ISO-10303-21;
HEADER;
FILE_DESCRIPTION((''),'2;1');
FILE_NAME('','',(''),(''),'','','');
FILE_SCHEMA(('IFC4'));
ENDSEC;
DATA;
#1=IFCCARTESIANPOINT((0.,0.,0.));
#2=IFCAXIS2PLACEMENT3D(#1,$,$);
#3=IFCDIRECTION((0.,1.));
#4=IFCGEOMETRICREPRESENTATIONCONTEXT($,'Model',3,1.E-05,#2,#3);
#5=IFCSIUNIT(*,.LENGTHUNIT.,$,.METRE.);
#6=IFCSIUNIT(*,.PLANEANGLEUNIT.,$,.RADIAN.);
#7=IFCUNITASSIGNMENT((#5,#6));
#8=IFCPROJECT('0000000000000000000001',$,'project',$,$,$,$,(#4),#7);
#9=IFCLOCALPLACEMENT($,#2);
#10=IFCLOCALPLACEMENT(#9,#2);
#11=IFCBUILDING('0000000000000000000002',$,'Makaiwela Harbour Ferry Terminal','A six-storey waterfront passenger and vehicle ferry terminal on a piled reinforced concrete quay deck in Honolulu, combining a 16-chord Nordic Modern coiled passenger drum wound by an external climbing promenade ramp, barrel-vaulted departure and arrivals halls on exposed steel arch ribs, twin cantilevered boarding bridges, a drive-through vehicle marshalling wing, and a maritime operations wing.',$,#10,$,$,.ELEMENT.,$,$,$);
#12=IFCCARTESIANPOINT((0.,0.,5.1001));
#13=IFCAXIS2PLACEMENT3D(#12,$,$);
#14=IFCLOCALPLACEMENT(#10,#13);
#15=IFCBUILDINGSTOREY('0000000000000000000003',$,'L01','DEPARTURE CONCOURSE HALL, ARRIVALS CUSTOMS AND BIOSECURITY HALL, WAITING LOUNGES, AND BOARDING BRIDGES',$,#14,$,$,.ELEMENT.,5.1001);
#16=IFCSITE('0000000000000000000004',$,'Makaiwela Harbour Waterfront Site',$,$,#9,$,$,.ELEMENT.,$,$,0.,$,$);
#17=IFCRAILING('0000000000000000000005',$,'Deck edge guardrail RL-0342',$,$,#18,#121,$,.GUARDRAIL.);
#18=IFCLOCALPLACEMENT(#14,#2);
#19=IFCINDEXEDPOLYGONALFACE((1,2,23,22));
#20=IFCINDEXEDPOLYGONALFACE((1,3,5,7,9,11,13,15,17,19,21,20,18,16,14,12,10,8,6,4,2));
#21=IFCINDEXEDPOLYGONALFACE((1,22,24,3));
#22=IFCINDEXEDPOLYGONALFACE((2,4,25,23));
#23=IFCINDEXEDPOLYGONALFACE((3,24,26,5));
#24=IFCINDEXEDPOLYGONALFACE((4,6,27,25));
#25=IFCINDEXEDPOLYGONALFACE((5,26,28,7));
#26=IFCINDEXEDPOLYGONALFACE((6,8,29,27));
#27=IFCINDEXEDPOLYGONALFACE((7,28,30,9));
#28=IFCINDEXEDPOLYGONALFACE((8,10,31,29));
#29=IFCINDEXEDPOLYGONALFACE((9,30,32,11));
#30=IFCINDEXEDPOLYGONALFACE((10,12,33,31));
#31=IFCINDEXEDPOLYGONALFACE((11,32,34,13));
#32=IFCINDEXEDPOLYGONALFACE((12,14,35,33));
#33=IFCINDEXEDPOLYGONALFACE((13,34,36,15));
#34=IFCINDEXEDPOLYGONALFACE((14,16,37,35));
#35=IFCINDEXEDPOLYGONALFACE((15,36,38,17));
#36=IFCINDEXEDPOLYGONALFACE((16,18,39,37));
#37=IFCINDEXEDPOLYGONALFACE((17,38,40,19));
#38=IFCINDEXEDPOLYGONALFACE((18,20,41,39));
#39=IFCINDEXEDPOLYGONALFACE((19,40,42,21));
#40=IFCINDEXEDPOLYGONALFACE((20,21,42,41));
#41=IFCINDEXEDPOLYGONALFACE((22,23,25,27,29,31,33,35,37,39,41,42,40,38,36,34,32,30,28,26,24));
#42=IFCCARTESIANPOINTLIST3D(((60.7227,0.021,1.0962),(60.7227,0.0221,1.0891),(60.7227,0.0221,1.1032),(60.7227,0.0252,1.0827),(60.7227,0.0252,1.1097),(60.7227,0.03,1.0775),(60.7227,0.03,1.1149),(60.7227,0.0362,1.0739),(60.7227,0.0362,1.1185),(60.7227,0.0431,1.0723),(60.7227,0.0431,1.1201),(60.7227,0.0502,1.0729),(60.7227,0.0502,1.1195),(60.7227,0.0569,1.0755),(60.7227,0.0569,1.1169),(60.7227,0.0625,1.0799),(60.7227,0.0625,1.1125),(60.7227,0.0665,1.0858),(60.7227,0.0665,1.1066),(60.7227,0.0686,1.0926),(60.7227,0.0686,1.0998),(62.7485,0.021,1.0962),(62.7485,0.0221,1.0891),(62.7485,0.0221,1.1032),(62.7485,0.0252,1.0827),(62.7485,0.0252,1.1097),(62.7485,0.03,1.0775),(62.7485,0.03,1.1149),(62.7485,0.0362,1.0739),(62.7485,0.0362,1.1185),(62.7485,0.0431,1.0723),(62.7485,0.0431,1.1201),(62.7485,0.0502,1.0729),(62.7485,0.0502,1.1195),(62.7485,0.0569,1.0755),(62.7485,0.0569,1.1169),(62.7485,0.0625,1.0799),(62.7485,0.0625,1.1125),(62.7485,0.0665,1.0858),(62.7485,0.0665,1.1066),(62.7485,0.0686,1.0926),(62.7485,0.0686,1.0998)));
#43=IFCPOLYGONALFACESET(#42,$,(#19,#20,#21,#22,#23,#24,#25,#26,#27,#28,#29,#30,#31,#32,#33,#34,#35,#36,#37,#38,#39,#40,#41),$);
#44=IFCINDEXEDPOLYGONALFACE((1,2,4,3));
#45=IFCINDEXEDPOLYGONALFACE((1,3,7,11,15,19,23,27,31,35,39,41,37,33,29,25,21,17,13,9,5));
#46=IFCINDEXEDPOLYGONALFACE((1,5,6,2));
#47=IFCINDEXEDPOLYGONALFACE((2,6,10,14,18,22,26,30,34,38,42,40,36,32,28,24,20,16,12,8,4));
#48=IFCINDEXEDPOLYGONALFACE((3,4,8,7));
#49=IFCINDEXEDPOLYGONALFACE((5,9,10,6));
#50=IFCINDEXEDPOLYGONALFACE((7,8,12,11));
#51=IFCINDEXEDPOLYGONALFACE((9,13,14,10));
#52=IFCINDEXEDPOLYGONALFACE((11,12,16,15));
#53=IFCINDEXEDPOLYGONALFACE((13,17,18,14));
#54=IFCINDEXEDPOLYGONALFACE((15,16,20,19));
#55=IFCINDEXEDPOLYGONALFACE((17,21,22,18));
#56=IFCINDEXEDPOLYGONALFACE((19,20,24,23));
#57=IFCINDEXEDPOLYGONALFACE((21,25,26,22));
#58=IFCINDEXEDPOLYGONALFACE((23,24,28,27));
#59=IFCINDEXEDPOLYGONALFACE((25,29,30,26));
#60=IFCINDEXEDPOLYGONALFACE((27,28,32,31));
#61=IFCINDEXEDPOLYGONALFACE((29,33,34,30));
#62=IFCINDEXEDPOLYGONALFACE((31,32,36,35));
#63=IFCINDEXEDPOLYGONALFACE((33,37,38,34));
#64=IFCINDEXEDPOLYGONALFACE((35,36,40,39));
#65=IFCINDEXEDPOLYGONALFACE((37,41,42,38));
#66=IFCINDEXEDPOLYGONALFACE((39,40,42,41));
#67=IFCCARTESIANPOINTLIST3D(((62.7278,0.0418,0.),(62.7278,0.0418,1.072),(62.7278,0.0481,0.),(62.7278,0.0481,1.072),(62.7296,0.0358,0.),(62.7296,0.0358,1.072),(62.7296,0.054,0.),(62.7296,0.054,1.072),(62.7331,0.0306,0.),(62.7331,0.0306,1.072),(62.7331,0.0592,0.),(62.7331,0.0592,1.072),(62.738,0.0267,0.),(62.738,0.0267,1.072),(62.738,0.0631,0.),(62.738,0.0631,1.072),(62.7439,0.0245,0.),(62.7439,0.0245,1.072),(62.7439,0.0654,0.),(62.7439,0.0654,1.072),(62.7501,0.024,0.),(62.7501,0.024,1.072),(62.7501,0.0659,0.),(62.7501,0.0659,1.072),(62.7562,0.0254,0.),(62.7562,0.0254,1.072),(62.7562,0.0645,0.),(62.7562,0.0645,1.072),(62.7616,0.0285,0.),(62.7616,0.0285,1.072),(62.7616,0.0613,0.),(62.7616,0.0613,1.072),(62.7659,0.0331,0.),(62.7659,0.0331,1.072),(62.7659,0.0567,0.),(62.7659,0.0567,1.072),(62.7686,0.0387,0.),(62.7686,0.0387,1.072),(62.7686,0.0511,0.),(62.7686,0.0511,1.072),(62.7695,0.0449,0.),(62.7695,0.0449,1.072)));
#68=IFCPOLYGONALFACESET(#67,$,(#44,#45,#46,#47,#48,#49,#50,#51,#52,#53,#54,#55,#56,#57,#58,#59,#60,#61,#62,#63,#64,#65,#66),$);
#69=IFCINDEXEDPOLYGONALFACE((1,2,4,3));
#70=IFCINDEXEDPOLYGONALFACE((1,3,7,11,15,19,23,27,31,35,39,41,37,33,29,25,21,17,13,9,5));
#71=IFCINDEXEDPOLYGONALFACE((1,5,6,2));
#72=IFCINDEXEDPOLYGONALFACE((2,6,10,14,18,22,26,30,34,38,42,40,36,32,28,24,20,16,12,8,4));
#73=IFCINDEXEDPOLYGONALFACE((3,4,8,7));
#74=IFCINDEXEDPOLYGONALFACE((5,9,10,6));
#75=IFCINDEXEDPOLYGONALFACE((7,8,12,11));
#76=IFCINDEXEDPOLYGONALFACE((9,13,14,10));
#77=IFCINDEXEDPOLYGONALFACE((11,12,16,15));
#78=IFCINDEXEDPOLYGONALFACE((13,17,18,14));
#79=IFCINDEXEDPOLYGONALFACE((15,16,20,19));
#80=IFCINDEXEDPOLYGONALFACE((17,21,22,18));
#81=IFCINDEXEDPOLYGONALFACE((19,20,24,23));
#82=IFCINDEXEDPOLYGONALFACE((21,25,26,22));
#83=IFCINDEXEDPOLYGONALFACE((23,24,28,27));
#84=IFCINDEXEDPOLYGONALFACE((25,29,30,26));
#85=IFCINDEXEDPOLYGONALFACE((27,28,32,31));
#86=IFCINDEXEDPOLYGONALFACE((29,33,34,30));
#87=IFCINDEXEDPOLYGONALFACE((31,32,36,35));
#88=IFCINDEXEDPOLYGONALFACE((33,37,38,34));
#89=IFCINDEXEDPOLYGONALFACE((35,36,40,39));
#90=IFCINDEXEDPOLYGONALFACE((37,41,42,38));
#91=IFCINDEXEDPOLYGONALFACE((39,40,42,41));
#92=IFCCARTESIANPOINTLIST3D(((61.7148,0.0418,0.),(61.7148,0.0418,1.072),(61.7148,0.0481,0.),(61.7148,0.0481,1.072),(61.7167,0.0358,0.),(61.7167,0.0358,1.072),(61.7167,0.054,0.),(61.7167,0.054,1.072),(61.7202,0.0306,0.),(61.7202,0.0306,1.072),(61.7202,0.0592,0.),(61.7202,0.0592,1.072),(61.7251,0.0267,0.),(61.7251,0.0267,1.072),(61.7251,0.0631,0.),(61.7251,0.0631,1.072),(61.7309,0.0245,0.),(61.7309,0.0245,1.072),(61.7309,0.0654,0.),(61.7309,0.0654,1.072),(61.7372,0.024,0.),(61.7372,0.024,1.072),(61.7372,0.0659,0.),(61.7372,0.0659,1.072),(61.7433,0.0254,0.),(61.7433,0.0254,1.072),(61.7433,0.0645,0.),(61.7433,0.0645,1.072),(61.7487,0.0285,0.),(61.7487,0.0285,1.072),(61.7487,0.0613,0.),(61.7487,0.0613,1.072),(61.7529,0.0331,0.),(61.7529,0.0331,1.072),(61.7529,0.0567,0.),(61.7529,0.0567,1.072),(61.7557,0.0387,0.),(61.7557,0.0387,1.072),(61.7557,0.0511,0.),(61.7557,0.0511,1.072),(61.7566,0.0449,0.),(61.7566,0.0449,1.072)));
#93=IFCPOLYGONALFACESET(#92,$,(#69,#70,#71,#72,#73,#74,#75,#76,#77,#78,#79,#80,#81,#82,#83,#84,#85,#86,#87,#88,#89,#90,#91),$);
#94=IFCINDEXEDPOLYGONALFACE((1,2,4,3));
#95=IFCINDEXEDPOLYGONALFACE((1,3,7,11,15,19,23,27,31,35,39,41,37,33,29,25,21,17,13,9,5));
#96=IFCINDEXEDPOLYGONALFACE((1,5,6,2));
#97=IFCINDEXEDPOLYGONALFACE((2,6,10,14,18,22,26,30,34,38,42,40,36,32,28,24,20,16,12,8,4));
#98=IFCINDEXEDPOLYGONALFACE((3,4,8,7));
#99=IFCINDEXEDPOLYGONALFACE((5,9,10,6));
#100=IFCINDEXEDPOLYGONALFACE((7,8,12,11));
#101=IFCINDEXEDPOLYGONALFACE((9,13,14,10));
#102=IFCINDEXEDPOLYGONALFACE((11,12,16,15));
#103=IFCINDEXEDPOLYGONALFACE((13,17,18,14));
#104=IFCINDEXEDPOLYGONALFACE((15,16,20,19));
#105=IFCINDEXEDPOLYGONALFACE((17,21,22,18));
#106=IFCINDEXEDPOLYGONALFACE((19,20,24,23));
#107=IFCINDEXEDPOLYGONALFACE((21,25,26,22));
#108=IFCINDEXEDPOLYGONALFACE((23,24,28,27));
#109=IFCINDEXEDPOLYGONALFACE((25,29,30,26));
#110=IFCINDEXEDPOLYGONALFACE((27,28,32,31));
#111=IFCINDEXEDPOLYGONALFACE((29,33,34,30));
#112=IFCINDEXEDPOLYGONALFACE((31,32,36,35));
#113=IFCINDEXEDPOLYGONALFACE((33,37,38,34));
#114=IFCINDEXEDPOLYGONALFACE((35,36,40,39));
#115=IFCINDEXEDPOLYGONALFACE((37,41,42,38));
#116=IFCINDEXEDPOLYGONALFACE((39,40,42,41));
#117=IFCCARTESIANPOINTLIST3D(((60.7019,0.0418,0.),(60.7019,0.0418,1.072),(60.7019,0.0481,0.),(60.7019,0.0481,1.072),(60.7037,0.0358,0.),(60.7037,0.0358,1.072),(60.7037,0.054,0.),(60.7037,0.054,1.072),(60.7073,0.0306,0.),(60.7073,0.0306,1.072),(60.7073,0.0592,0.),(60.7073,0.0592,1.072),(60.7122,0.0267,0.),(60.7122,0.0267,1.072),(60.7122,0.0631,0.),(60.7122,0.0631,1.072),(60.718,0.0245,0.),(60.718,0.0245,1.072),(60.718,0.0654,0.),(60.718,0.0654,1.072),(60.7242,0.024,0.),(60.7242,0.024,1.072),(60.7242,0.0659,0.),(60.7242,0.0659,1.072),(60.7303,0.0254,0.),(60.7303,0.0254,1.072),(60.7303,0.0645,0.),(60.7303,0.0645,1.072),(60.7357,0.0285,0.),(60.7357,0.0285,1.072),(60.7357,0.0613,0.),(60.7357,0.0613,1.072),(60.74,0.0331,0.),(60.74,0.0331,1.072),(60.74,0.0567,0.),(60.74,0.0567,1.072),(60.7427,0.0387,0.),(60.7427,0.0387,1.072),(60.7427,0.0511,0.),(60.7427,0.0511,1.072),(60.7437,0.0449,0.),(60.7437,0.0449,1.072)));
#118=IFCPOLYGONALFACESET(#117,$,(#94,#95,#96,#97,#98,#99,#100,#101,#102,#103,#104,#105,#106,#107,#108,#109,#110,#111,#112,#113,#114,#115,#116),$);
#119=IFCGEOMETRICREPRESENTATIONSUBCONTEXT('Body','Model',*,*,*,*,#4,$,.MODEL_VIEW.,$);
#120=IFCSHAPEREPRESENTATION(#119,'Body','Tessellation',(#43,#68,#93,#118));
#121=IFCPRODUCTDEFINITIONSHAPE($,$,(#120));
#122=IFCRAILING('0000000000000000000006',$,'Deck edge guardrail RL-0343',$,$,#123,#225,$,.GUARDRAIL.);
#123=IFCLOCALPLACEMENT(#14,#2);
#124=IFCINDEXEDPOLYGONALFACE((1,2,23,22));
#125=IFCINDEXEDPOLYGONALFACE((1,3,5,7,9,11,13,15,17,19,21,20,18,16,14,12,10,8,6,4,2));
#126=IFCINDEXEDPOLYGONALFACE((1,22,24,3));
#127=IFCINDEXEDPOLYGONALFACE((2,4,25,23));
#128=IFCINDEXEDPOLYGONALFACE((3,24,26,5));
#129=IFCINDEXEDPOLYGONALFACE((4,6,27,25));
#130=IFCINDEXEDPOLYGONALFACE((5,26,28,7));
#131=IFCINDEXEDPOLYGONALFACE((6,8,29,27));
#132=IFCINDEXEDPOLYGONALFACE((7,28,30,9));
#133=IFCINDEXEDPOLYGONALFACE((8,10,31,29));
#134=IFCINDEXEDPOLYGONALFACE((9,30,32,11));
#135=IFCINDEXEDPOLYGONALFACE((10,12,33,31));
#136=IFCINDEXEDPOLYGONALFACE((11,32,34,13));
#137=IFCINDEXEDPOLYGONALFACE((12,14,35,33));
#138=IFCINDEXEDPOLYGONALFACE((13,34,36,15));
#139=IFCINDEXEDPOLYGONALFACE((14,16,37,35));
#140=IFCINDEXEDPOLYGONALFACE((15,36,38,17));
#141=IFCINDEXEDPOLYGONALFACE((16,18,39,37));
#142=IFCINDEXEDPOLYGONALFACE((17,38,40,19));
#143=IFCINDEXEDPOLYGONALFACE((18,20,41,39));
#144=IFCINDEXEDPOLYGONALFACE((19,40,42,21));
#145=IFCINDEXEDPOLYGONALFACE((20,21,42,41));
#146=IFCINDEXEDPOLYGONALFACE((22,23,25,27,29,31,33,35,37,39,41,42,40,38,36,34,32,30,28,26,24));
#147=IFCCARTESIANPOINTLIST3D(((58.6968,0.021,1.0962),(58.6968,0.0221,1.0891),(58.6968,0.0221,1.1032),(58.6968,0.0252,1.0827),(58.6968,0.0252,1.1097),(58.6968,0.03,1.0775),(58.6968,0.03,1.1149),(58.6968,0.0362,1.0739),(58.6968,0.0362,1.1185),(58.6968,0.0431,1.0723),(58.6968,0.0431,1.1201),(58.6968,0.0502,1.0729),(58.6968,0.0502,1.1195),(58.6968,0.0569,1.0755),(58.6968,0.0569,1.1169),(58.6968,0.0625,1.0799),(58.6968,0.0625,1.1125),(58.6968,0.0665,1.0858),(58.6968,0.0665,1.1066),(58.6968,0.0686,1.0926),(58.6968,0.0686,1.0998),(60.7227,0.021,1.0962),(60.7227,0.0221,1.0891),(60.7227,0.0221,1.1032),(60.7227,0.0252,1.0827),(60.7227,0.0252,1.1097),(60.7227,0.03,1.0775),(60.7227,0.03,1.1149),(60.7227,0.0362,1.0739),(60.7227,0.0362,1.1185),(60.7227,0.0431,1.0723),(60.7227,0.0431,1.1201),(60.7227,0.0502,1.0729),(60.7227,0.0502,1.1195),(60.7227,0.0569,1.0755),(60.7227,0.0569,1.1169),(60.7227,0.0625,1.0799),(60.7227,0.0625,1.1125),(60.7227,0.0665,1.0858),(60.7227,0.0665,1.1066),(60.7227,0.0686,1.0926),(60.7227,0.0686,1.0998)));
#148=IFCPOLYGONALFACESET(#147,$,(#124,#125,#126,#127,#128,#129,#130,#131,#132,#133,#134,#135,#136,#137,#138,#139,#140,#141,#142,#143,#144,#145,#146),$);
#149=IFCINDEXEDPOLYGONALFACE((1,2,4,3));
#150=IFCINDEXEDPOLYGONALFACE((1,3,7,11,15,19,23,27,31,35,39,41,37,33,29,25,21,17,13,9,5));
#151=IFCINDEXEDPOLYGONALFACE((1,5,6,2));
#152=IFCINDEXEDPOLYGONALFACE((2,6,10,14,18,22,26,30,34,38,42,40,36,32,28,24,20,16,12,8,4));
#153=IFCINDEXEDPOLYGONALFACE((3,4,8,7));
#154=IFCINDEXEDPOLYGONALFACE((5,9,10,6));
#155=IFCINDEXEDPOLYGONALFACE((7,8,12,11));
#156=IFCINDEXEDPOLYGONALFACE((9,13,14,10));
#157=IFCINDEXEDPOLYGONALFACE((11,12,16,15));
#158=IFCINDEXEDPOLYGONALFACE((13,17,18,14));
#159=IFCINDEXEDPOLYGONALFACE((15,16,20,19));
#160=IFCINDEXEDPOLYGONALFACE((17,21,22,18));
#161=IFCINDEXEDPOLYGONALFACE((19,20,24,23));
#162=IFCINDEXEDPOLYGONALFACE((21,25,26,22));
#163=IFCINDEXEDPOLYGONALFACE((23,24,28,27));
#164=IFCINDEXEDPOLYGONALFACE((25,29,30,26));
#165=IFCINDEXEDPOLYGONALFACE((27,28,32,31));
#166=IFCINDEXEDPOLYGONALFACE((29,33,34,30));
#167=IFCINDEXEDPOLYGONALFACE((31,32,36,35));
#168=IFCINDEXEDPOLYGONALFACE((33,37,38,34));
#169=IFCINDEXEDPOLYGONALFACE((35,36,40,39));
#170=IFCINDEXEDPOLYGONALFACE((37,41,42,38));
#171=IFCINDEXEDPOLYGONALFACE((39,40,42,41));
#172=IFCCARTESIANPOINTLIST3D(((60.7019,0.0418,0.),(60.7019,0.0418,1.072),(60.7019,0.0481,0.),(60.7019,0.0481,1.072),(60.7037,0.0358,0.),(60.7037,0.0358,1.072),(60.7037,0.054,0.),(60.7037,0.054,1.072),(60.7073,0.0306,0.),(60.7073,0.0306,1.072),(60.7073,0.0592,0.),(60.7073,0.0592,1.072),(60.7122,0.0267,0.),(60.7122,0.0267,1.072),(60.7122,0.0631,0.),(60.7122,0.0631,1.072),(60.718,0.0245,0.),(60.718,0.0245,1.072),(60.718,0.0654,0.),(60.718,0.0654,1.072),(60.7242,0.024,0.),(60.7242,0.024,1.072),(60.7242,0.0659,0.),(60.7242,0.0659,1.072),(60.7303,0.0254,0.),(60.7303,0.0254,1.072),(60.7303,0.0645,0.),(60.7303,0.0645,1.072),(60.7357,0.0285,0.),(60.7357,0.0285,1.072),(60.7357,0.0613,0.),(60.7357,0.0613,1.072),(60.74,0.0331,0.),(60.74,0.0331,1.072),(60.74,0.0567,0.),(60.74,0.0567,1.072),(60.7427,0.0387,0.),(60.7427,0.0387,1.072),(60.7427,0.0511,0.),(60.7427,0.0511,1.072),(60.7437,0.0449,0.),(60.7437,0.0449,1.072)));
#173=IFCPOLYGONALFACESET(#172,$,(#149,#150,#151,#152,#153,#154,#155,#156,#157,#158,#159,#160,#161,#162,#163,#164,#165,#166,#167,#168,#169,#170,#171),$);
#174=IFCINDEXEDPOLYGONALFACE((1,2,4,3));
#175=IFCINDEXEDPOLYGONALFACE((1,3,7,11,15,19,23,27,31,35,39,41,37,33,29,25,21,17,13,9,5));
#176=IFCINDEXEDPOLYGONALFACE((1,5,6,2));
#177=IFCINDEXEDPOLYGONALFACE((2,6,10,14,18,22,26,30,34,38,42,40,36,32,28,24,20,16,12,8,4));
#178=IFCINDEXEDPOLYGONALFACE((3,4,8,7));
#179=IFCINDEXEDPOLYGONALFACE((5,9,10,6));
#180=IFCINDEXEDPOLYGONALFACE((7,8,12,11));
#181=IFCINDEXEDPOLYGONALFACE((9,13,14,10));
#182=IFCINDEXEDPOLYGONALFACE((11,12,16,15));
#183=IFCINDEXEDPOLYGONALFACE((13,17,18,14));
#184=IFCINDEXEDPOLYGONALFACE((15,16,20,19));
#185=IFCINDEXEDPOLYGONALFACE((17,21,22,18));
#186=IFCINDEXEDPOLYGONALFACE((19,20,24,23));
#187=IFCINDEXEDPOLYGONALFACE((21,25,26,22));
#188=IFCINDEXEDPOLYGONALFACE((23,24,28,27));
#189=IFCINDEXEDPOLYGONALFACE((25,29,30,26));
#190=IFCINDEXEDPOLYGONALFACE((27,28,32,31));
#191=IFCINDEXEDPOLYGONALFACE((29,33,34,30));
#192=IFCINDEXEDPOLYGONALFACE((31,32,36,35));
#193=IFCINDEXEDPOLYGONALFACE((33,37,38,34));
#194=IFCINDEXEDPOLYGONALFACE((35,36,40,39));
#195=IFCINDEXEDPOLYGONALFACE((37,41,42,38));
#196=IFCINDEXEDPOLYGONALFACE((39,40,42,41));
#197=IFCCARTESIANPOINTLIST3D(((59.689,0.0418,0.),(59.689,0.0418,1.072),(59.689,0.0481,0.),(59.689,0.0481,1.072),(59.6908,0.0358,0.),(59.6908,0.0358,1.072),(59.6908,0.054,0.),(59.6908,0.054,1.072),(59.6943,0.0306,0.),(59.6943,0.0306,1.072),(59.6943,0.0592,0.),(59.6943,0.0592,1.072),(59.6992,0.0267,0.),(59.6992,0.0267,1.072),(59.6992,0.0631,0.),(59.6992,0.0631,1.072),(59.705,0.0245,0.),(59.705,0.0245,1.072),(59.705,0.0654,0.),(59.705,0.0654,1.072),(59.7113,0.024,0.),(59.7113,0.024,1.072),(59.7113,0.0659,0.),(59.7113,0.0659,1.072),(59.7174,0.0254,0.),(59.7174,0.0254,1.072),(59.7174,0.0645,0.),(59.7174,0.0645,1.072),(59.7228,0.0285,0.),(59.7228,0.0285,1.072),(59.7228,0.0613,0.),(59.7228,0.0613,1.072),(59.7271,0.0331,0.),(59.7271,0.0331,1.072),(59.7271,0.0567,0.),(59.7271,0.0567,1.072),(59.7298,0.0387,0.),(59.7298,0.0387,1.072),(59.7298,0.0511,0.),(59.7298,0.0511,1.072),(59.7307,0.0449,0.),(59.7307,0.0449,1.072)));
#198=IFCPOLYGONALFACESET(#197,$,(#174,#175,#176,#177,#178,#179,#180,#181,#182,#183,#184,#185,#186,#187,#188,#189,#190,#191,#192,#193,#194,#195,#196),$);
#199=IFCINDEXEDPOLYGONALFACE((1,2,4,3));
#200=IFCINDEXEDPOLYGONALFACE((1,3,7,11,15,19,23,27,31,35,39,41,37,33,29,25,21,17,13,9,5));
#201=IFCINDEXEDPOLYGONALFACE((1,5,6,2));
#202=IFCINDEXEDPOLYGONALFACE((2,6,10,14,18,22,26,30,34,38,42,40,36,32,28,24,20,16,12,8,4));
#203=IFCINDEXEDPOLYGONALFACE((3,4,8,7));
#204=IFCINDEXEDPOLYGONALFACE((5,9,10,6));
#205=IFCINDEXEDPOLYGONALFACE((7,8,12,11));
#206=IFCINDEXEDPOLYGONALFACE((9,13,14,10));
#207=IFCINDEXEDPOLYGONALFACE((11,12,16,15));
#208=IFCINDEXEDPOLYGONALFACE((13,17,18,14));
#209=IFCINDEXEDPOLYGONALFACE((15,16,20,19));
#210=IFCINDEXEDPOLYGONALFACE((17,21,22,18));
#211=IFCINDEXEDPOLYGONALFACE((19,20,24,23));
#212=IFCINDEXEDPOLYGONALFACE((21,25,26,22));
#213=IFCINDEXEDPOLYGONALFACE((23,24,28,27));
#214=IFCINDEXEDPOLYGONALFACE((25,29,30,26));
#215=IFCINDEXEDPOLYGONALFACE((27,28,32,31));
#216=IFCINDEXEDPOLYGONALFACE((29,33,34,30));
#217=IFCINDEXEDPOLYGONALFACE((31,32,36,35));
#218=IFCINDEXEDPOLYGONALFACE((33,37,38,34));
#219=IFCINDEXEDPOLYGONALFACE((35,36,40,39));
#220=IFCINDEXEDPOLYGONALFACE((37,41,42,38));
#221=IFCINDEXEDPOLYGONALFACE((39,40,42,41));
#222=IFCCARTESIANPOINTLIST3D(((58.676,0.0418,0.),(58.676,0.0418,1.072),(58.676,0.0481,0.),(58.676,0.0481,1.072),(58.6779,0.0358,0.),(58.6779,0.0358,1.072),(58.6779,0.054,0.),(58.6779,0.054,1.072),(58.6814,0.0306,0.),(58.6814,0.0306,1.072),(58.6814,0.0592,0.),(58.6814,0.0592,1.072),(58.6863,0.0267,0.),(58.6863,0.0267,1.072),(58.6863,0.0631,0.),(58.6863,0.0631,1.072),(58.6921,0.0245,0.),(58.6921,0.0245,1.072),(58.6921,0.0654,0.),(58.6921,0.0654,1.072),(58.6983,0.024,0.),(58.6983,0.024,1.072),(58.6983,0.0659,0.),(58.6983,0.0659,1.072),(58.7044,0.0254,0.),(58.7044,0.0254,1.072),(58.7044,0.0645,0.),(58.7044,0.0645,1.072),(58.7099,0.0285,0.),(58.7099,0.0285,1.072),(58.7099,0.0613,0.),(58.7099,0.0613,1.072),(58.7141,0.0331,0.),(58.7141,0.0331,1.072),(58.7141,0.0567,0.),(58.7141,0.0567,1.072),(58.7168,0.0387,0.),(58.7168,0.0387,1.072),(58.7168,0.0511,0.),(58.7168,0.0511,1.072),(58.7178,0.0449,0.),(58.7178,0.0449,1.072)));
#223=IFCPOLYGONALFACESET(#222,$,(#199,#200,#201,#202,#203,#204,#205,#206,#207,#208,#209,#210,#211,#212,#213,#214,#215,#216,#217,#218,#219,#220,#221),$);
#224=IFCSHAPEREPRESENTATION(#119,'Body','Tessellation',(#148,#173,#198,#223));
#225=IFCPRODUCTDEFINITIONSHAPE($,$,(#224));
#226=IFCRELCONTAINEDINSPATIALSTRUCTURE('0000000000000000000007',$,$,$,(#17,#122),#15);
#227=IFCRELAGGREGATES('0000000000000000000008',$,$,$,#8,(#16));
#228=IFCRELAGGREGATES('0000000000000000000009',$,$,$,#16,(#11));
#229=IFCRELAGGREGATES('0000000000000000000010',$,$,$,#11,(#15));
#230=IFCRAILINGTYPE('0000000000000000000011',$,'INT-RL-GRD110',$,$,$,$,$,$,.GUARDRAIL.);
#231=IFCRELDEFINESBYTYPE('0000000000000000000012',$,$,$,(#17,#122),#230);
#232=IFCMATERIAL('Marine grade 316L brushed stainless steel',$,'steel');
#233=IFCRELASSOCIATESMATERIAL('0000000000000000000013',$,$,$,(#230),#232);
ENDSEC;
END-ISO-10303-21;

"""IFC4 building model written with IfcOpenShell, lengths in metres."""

from ifc_helpers import new_model, si_unit, direction, frame, origin, origin_2d, place, context, subcontext, project, spatial, circle, extrude, material, type_object, element, save


model = new_model("IFC4")

# Units and contexts
model_context = context("Model", 3, precision=1e-05, world=origin(), true_north=direction((0.0, 1.0)))
body_context = subcontext(model_context, "Body", "Model", "MODEL_VIEW")
ifc_project = project(units=[si_unit("LENGTHUNIT", "METRE"), si_unit("PLANEANGLEUNIT", "RADIAN")], contexts=[model_context])

# Site, building, storey
site_placement = place(None, origin())
site = spatial("IfcSite", under=ifc_project, at=site_placement, Name="Makaiwela Harbour Waterfront Site", CompositionType="ELEMENT", RefElevation=0.0)
building_placement = place(site_placement, origin())
building = spatial("IfcBuilding", under=site, at=building_placement, Name="Makaiwela Harbour Ferry Terminal", Description="A six-storey waterfront passenger and vehicle ferry terminal on a piled reinforced concrete quay deck in Honolulu, combining a 16-chord Nordic Modern coiled passenger drum wound by an external climbing promenade ramp, barrel-vaulted departure and arrivals halls on exposed steel arch ribs, twin cantilevered boarding bridges, a drive-through vehicle marshalling wing, and a maritime operations wing.", CompositionType="ELEMENT")
storey_placement = place(building_placement, frame((0.0, 0.0, 5.1001)))
storey = spatial("IfcBuildingStorey", under=building, at=storey_placement, Name="L01", Description="DEPARTURE CONCOURSE HALL, ARRIVALS CUSTOMS AND BIOSECURITY HALL, WAITING LOUNGES, AND BOARDING BRIDGES", CompositionType="ELEMENT", Elevation=5.1001)

# Railings
ifc_material_1 = material(Name="Marine grade 316L brushed stainless steel", Category="steel")
railing_type = type_object("IfcRailingType", Name="INT-RL-GRD110", PredefinedType="GUARDRAIL", material=ifc_material_1)
for number, where, name in (
    (1, (62.7485, 0.0449, 0.0), "Deck edge guardrail RL-0342"),
    (2, (60.7227, 0.0449, 0.0), "Deck edge guardrail RL-0343"),
):
    element("IfcRailing", number, at=place(storey_placement, frame(where)), inside=storey, type_object=railing_type, Name=name, PredefinedType="GUARDRAIL", context=body_context, shape_type="SweptSolid", body=[
        extrude(circle(Radius=0.0239, at=origin_2d()), frame((0.0, 0.0, 1.0962), z_axis=(-1.0, 0.0, 0.0), x_axis=(0.0, -1.0, 0.0)), (0.0, 0.0, 1.0), 2.0259),
        extrude(circle(Radius=0.021, at=origin_2d()), origin(), (0.0, 0.0, 1.0), 1.072),
        extrude(circle(Radius=0.021, at=origin_2d()), frame((-1.0129, 0.0, 0.0)), (0.0, 0.0, 1.0), 1.072),
        extrude(circle(Radius=0.021, at=origin_2d()), frame((-2.0259, 0.0, 0.0)), (0.0, 0.0, 1.0), 1.072),
    ])

save(model, "model.ifc")
